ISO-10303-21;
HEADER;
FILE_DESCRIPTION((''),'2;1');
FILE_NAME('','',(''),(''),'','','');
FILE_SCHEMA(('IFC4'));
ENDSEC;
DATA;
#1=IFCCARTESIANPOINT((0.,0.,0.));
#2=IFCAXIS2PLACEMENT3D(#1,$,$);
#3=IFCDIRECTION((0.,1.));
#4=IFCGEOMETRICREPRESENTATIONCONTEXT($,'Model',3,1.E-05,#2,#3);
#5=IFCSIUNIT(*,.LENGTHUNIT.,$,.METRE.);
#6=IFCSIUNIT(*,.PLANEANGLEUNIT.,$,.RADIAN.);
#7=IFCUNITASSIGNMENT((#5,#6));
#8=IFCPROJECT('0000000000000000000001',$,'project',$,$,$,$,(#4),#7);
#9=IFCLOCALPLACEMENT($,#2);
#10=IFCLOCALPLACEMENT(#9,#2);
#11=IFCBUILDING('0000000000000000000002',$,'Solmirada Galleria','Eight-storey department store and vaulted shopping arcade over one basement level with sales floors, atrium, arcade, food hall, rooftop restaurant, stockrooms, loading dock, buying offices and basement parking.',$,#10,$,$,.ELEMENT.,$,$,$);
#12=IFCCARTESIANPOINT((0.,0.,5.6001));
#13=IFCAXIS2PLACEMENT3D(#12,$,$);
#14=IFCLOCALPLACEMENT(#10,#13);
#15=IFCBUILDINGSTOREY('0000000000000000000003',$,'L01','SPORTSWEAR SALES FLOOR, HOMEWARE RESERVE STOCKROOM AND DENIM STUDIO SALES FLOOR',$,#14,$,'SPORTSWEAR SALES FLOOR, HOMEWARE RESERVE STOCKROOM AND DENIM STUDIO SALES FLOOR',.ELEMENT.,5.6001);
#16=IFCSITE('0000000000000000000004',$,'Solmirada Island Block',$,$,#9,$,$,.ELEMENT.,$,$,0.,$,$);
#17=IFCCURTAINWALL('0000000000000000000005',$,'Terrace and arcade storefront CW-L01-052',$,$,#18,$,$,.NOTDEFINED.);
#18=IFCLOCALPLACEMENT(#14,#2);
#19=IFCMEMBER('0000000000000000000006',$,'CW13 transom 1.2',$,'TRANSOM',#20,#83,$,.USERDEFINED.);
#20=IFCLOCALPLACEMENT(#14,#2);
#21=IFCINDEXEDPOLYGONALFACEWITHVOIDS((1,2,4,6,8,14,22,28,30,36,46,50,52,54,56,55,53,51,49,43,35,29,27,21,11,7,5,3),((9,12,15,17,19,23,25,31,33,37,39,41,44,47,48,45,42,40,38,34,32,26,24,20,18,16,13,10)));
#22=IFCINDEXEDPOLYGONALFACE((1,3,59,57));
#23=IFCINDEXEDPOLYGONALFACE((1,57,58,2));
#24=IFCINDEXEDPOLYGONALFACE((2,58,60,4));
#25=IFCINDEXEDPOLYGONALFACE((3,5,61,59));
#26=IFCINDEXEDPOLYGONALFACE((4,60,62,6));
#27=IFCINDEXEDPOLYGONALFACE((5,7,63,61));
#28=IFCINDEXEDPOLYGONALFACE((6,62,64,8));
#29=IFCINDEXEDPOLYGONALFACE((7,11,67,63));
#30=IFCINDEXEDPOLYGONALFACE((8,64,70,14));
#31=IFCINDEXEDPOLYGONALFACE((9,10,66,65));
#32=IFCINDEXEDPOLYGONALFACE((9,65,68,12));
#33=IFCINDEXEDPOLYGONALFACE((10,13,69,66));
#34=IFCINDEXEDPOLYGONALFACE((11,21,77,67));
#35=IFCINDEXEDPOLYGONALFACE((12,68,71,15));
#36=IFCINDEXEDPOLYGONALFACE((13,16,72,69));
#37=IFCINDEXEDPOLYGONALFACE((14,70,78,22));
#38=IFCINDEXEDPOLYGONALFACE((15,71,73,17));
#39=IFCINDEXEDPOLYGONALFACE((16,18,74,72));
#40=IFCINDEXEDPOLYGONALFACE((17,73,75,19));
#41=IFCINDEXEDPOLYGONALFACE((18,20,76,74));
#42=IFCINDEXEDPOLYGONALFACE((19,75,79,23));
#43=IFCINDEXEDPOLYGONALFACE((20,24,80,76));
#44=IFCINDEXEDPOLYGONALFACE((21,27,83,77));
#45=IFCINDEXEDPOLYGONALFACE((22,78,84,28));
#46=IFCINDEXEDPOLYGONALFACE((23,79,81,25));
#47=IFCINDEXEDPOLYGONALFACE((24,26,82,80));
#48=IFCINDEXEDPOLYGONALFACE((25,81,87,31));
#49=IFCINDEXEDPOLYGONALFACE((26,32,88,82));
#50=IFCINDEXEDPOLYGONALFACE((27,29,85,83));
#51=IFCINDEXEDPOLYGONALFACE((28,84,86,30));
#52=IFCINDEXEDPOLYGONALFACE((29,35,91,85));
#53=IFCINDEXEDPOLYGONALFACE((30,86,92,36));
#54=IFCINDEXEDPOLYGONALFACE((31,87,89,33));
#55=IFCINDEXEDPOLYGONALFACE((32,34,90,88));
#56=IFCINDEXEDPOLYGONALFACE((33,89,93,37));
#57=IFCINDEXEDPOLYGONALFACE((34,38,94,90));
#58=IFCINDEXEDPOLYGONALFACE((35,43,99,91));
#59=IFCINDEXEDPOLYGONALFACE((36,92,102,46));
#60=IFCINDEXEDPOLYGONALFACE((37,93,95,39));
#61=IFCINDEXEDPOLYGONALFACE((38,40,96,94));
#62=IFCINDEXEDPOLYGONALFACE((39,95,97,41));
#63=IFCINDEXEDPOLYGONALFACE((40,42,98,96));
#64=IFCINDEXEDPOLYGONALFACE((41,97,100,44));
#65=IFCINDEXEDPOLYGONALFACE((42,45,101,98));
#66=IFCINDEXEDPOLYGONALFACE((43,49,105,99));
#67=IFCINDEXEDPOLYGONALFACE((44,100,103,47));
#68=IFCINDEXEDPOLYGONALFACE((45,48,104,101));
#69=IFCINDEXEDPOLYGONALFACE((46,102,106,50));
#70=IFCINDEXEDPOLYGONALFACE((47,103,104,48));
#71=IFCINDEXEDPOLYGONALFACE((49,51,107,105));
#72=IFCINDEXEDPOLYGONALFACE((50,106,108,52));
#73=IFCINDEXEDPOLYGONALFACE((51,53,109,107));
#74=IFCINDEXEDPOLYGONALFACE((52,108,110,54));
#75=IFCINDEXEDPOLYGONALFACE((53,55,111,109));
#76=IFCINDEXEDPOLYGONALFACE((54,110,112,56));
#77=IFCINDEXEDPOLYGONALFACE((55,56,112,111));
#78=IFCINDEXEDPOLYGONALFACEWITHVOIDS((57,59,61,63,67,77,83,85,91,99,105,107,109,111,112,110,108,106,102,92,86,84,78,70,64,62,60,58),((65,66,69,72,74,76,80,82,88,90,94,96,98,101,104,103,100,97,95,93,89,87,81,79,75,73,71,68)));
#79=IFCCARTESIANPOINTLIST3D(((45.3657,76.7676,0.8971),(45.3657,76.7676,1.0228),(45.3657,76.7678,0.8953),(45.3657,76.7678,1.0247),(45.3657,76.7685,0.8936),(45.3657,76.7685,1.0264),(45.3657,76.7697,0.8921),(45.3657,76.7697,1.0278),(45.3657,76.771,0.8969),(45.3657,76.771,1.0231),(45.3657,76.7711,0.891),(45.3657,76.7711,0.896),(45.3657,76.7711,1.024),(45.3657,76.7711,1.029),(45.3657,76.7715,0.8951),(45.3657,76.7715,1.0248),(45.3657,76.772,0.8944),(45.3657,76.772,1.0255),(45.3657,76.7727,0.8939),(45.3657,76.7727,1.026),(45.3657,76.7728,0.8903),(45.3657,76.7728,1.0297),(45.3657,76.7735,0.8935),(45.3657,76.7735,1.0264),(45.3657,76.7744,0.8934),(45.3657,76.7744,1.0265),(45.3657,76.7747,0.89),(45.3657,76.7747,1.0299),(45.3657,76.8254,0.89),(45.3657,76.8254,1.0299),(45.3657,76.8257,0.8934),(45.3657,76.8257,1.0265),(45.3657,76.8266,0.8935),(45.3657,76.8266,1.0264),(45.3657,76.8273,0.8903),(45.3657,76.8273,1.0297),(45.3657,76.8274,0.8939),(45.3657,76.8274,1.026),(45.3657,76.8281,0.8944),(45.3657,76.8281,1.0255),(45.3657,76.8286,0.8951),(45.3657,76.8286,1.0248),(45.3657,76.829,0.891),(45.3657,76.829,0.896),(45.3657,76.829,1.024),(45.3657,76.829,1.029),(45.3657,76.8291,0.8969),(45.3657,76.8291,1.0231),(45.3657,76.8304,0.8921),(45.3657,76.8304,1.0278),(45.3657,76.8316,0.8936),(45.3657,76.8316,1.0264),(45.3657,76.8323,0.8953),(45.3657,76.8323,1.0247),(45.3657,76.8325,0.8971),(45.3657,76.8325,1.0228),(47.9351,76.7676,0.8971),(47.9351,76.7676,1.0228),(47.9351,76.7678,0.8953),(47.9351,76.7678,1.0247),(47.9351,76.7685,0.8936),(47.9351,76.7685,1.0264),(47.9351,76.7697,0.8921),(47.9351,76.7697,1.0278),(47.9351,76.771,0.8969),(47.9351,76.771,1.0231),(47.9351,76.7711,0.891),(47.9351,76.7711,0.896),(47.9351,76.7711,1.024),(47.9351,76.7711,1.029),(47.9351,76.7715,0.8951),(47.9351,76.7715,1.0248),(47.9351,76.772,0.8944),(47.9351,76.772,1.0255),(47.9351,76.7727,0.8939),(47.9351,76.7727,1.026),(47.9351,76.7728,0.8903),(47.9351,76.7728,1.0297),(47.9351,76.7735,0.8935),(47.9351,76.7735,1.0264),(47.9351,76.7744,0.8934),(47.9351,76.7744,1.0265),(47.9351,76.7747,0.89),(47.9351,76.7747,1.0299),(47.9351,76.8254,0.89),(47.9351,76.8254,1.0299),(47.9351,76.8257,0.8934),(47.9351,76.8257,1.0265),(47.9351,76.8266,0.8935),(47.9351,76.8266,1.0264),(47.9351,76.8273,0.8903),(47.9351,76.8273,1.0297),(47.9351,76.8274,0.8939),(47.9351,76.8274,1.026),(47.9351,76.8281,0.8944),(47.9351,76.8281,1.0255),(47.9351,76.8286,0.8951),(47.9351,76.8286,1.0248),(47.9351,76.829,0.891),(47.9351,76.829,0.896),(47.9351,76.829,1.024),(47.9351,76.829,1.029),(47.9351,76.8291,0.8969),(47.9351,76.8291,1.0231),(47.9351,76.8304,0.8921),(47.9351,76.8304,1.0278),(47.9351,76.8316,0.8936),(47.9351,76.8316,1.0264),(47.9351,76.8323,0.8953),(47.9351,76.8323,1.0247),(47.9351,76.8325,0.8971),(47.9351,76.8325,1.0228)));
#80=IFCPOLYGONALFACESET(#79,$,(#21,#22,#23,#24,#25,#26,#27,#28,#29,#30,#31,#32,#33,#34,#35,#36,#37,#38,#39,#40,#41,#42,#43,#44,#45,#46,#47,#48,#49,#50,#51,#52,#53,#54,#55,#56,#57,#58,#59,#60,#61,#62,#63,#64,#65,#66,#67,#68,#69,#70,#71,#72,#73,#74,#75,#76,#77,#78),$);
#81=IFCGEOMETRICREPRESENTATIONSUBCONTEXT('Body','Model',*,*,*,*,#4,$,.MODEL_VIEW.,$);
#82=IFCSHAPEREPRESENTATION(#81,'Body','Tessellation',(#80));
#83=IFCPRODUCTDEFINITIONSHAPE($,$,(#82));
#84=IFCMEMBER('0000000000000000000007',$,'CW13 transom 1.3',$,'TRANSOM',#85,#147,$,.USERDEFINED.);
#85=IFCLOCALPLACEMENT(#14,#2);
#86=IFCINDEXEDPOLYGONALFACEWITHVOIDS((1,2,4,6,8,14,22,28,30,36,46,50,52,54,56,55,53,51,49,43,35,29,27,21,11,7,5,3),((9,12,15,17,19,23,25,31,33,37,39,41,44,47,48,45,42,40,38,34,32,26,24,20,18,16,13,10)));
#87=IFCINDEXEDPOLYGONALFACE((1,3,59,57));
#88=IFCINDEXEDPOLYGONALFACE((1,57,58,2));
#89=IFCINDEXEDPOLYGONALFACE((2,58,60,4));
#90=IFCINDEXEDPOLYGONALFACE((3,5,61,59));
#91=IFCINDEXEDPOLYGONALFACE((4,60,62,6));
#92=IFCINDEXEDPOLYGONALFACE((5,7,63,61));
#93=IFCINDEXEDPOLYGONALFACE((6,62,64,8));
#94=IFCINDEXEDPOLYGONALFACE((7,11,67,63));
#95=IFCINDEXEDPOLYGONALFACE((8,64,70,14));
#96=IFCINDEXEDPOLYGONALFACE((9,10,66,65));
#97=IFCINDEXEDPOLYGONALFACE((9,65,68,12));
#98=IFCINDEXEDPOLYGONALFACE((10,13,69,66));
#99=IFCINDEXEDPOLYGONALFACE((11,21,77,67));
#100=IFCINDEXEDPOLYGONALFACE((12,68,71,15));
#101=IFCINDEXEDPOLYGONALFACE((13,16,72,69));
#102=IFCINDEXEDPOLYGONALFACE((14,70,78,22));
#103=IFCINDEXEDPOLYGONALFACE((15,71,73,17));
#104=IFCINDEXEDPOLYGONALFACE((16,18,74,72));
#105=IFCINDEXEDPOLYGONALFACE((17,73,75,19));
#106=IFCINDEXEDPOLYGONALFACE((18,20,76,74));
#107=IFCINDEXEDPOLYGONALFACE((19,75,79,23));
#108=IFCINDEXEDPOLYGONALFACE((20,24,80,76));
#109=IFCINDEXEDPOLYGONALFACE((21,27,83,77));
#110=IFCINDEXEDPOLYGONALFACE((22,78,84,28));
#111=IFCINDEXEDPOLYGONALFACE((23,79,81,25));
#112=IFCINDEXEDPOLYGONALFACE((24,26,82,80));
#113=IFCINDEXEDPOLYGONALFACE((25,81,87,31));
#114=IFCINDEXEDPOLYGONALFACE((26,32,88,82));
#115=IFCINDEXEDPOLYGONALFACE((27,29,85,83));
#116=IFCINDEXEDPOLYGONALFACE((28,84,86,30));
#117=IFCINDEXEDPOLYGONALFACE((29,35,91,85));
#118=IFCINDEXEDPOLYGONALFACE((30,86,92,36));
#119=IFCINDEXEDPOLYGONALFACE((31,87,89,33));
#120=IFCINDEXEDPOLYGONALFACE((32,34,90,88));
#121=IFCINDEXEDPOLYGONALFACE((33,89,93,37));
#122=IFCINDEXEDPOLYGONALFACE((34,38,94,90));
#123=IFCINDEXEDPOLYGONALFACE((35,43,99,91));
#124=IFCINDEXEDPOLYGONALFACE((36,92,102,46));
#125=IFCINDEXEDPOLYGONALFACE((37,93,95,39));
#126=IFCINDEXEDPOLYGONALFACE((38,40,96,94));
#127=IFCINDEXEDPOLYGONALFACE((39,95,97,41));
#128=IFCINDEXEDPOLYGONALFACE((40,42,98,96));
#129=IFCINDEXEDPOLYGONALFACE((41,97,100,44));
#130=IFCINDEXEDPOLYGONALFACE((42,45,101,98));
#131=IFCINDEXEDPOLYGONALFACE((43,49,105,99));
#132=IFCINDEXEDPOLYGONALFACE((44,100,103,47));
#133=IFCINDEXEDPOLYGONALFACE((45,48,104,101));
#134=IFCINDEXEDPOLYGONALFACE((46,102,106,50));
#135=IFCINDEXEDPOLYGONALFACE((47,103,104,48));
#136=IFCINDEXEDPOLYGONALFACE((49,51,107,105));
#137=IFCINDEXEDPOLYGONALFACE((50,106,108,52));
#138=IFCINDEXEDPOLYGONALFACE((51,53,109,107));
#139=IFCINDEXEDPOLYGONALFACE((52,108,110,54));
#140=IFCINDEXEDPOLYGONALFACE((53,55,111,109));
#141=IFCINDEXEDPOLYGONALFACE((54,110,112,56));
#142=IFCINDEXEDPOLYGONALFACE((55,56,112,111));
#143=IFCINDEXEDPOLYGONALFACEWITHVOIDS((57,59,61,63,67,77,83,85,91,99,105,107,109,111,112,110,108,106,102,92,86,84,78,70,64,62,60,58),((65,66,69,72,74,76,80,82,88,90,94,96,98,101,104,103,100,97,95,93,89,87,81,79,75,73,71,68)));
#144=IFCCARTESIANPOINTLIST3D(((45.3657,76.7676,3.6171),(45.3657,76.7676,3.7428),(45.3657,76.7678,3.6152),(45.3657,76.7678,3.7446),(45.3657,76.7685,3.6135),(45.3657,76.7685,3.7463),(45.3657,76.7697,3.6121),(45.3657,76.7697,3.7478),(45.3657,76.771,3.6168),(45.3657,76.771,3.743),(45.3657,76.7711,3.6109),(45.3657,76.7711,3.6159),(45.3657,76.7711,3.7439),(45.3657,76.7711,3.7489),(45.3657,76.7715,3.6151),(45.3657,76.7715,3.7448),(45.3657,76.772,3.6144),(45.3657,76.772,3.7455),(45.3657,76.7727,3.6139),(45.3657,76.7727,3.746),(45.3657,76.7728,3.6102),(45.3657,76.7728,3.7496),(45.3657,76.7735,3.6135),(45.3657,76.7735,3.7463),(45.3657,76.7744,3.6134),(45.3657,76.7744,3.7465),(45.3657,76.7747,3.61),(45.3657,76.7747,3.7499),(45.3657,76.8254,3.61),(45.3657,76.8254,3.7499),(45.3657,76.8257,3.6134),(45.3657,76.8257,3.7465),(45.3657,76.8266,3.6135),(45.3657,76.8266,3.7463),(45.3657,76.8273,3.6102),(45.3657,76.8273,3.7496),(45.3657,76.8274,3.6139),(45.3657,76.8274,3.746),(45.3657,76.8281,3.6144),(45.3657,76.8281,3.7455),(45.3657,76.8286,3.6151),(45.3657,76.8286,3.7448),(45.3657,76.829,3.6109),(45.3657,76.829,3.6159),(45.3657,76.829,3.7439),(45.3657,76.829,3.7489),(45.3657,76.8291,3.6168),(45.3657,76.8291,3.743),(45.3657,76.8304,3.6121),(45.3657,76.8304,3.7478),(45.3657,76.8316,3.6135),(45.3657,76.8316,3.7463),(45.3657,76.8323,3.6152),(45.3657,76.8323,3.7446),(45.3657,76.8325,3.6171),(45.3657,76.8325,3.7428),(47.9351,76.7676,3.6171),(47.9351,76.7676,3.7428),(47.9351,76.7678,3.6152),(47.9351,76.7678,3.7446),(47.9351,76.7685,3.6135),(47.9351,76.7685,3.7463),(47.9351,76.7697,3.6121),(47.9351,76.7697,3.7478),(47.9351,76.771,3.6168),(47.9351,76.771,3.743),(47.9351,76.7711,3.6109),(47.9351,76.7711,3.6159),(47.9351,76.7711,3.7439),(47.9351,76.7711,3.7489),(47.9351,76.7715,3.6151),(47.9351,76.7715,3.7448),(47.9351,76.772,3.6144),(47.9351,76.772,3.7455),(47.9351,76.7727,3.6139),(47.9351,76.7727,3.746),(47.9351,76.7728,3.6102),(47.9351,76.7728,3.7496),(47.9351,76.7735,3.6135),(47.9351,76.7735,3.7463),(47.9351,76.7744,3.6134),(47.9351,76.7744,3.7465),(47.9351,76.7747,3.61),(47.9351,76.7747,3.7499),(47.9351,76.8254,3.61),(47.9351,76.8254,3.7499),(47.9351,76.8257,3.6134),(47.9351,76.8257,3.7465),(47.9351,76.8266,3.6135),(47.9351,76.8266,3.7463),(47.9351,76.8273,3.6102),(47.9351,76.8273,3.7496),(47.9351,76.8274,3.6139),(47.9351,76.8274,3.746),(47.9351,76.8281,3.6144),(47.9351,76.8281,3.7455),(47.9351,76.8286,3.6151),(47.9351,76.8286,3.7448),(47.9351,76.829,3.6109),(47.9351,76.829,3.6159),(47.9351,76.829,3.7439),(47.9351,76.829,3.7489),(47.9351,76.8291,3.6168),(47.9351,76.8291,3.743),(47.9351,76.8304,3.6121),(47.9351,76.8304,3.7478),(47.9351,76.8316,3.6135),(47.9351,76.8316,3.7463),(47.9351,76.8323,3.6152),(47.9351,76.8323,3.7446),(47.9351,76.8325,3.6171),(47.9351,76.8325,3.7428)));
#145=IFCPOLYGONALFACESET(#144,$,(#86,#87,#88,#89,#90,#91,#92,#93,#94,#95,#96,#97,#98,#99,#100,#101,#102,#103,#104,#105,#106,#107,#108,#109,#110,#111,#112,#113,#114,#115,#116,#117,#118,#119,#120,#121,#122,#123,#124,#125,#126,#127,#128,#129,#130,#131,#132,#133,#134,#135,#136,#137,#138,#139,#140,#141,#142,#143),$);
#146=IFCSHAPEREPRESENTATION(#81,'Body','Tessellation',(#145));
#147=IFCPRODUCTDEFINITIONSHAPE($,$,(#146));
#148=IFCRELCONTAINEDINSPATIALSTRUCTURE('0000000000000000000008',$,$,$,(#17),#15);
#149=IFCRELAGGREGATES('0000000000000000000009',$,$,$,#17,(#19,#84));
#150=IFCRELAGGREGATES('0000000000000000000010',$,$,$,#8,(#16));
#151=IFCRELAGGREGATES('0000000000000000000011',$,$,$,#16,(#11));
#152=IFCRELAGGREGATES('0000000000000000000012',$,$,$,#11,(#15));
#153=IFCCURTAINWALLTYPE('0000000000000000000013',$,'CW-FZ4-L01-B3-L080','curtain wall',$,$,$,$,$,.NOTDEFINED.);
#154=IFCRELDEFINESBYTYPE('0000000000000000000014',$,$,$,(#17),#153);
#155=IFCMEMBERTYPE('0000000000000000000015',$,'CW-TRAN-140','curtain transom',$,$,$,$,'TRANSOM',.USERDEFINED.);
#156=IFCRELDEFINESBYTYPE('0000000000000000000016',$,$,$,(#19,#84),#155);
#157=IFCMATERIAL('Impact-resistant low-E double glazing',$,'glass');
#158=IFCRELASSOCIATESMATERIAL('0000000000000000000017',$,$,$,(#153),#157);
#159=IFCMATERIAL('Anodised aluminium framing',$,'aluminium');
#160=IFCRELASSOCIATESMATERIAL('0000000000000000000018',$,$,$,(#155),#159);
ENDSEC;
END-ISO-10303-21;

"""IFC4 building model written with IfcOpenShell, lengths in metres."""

from ifc_helpers import new_model, si_unit, direction, frame, origin, origin_2d, place, context, subcontext, project, spatial, hollow_rectangle, extrude, material, material_profile, profile_set, type_object, element, aggregate, save


model = new_model("IFC4")

# Units and contexts
model_context = context("Model", 3, precision=1e-05, world=origin(), true_north=direction((0.0, 1.0)))
body_context = subcontext(model_context, "Body", "Model", "MODEL_VIEW")
ifc_project = project(units=[si_unit("LENGTHUNIT", "METRE"), si_unit("PLANEANGLEUNIT", "RADIAN")], contexts=[model_context])

# Site, building, storey
site_placement = place(None, origin())
site = spatial("IfcSite", under=ifc_project, at=site_placement, Name="Solmirada Island Block", CompositionType="ELEMENT", RefElevation=0.0)
building_placement = place(site_placement, origin())
building = spatial("IfcBuilding", under=site, at=building_placement, Name="Solmirada Galleria", Description="Eight-storey department store and vaulted shopping arcade over one basement level with sales floors, atrium, arcade, food hall, rooftop restaurant, stockrooms, loading dock, buying offices and basement parking.", CompositionType="ELEMENT")
storey_placement = place(building_placement, frame((0.0, 0.0, 5.6001)))
storey = spatial("IfcBuildingStorey", under=building, at=storey_placement, Name="L01", Description="SPORTSWEAR SALES FLOOR, HOMEWARE RESERVE STOCKROOM AND DENIM STUDIO SALES FLOOR", LongName="SPORTSWEAR SALES FLOOR, HOMEWARE RESERVE STOCKROOM AND DENIM STUDIO SALES FLOOR", CompositionType="ELEMENT", Elevation=5.6001)

# Shared definitions
ifc_material_1 = material(Name="Impact-resistant low-E double glazing", Category="glass")
curtain_wall_type = type_object("IfcCurtainWallType", Name="CW-FZ4-L01-B3-L080", Description="curtain wall", PredefinedType="NOTDEFINED", material=ifc_material_1)
ifc_material_2 = material(Name="Anodised aluminium framing", Category="aluminium")

# Curtain wall
curtain_wall_1_placement = place(storey_placement, origin())
curtain_wall_1 = element("IfcCurtainWall", 1, at=curtain_wall_1_placement, inside=storey, type_object=curtain_wall_type, Name="Terrace and arcade storefront CW-L01-052", PredefinedType="NOTDEFINED")

# Members
ifc_material_profile_1 = material_profile(ifc_material_2, hollow_rectangle(XDim=0.0649, YDim=0.1399, WallThickness=0.0034, InnerFilletRadius=0.0034, OuterFilletRadius=0.0071, at=origin_2d()), Name="ALU-TRAN-140X65")
ifc_profile_set_1 = profile_set([ifc_material_profile_1], Name="Anodised aluminium framing")
member_type_1 = type_object("IfcMemberType", Name="CW-TRAN-140", Description="curtain transom", ElementType="TRANSOM", PredefinedType="USERDEFINED", material=ifc_profile_set_1)
member_1_placement = place(storey_placement, frame((47.9351, 76.8, 0.96), z_axis=(-1.0, 0.0, 0.0), x_axis=(0.0, -1.0, 0.0)))
member_1 = element("IfcMember", 2, at=member_1_placement, type_object=member_type_1, Name="CW13 transom 1.2", ObjectType="TRANSOM", PredefinedType="USERDEFINED", context=body_context, shape_type="SweptSolid", body=[
    extrude(hollow_rectangle(XDim=0.0649, YDim=0.1399, WallThickness=0.0034, InnerFilletRadius=0.0034, OuterFilletRadius=0.0071, at=origin_2d()), origin(), (0.0, 0.0, 1.0), 2.5693),
])
member_2_placement = place(storey_placement, frame((47.9351, 76.8, 3.6799), z_axis=(-1.0, 0.0, 0.0), x_axis=(0.0, -1.0, 0.0)))
member_2 = element("IfcMember", 3, at=member_2_placement, type_object=member_type_1, Name="CW13 transom 1.3", ObjectType="TRANSOM", PredefinedType="USERDEFINED", context=body_context, shape_type="SweptSolid", body=[
    extrude(hollow_rectangle(XDim=0.0649, YDim=0.1399, WallThickness=0.0034, InnerFilletRadius=0.0034, OuterFilletRadius=0.0071, at=origin_2d()), origin(), (0.0, 0.0, 1.0), 2.5693),
])
aggregate(curtain_wall_1, [member_1, member_2])

save(model, "model.ifc")
